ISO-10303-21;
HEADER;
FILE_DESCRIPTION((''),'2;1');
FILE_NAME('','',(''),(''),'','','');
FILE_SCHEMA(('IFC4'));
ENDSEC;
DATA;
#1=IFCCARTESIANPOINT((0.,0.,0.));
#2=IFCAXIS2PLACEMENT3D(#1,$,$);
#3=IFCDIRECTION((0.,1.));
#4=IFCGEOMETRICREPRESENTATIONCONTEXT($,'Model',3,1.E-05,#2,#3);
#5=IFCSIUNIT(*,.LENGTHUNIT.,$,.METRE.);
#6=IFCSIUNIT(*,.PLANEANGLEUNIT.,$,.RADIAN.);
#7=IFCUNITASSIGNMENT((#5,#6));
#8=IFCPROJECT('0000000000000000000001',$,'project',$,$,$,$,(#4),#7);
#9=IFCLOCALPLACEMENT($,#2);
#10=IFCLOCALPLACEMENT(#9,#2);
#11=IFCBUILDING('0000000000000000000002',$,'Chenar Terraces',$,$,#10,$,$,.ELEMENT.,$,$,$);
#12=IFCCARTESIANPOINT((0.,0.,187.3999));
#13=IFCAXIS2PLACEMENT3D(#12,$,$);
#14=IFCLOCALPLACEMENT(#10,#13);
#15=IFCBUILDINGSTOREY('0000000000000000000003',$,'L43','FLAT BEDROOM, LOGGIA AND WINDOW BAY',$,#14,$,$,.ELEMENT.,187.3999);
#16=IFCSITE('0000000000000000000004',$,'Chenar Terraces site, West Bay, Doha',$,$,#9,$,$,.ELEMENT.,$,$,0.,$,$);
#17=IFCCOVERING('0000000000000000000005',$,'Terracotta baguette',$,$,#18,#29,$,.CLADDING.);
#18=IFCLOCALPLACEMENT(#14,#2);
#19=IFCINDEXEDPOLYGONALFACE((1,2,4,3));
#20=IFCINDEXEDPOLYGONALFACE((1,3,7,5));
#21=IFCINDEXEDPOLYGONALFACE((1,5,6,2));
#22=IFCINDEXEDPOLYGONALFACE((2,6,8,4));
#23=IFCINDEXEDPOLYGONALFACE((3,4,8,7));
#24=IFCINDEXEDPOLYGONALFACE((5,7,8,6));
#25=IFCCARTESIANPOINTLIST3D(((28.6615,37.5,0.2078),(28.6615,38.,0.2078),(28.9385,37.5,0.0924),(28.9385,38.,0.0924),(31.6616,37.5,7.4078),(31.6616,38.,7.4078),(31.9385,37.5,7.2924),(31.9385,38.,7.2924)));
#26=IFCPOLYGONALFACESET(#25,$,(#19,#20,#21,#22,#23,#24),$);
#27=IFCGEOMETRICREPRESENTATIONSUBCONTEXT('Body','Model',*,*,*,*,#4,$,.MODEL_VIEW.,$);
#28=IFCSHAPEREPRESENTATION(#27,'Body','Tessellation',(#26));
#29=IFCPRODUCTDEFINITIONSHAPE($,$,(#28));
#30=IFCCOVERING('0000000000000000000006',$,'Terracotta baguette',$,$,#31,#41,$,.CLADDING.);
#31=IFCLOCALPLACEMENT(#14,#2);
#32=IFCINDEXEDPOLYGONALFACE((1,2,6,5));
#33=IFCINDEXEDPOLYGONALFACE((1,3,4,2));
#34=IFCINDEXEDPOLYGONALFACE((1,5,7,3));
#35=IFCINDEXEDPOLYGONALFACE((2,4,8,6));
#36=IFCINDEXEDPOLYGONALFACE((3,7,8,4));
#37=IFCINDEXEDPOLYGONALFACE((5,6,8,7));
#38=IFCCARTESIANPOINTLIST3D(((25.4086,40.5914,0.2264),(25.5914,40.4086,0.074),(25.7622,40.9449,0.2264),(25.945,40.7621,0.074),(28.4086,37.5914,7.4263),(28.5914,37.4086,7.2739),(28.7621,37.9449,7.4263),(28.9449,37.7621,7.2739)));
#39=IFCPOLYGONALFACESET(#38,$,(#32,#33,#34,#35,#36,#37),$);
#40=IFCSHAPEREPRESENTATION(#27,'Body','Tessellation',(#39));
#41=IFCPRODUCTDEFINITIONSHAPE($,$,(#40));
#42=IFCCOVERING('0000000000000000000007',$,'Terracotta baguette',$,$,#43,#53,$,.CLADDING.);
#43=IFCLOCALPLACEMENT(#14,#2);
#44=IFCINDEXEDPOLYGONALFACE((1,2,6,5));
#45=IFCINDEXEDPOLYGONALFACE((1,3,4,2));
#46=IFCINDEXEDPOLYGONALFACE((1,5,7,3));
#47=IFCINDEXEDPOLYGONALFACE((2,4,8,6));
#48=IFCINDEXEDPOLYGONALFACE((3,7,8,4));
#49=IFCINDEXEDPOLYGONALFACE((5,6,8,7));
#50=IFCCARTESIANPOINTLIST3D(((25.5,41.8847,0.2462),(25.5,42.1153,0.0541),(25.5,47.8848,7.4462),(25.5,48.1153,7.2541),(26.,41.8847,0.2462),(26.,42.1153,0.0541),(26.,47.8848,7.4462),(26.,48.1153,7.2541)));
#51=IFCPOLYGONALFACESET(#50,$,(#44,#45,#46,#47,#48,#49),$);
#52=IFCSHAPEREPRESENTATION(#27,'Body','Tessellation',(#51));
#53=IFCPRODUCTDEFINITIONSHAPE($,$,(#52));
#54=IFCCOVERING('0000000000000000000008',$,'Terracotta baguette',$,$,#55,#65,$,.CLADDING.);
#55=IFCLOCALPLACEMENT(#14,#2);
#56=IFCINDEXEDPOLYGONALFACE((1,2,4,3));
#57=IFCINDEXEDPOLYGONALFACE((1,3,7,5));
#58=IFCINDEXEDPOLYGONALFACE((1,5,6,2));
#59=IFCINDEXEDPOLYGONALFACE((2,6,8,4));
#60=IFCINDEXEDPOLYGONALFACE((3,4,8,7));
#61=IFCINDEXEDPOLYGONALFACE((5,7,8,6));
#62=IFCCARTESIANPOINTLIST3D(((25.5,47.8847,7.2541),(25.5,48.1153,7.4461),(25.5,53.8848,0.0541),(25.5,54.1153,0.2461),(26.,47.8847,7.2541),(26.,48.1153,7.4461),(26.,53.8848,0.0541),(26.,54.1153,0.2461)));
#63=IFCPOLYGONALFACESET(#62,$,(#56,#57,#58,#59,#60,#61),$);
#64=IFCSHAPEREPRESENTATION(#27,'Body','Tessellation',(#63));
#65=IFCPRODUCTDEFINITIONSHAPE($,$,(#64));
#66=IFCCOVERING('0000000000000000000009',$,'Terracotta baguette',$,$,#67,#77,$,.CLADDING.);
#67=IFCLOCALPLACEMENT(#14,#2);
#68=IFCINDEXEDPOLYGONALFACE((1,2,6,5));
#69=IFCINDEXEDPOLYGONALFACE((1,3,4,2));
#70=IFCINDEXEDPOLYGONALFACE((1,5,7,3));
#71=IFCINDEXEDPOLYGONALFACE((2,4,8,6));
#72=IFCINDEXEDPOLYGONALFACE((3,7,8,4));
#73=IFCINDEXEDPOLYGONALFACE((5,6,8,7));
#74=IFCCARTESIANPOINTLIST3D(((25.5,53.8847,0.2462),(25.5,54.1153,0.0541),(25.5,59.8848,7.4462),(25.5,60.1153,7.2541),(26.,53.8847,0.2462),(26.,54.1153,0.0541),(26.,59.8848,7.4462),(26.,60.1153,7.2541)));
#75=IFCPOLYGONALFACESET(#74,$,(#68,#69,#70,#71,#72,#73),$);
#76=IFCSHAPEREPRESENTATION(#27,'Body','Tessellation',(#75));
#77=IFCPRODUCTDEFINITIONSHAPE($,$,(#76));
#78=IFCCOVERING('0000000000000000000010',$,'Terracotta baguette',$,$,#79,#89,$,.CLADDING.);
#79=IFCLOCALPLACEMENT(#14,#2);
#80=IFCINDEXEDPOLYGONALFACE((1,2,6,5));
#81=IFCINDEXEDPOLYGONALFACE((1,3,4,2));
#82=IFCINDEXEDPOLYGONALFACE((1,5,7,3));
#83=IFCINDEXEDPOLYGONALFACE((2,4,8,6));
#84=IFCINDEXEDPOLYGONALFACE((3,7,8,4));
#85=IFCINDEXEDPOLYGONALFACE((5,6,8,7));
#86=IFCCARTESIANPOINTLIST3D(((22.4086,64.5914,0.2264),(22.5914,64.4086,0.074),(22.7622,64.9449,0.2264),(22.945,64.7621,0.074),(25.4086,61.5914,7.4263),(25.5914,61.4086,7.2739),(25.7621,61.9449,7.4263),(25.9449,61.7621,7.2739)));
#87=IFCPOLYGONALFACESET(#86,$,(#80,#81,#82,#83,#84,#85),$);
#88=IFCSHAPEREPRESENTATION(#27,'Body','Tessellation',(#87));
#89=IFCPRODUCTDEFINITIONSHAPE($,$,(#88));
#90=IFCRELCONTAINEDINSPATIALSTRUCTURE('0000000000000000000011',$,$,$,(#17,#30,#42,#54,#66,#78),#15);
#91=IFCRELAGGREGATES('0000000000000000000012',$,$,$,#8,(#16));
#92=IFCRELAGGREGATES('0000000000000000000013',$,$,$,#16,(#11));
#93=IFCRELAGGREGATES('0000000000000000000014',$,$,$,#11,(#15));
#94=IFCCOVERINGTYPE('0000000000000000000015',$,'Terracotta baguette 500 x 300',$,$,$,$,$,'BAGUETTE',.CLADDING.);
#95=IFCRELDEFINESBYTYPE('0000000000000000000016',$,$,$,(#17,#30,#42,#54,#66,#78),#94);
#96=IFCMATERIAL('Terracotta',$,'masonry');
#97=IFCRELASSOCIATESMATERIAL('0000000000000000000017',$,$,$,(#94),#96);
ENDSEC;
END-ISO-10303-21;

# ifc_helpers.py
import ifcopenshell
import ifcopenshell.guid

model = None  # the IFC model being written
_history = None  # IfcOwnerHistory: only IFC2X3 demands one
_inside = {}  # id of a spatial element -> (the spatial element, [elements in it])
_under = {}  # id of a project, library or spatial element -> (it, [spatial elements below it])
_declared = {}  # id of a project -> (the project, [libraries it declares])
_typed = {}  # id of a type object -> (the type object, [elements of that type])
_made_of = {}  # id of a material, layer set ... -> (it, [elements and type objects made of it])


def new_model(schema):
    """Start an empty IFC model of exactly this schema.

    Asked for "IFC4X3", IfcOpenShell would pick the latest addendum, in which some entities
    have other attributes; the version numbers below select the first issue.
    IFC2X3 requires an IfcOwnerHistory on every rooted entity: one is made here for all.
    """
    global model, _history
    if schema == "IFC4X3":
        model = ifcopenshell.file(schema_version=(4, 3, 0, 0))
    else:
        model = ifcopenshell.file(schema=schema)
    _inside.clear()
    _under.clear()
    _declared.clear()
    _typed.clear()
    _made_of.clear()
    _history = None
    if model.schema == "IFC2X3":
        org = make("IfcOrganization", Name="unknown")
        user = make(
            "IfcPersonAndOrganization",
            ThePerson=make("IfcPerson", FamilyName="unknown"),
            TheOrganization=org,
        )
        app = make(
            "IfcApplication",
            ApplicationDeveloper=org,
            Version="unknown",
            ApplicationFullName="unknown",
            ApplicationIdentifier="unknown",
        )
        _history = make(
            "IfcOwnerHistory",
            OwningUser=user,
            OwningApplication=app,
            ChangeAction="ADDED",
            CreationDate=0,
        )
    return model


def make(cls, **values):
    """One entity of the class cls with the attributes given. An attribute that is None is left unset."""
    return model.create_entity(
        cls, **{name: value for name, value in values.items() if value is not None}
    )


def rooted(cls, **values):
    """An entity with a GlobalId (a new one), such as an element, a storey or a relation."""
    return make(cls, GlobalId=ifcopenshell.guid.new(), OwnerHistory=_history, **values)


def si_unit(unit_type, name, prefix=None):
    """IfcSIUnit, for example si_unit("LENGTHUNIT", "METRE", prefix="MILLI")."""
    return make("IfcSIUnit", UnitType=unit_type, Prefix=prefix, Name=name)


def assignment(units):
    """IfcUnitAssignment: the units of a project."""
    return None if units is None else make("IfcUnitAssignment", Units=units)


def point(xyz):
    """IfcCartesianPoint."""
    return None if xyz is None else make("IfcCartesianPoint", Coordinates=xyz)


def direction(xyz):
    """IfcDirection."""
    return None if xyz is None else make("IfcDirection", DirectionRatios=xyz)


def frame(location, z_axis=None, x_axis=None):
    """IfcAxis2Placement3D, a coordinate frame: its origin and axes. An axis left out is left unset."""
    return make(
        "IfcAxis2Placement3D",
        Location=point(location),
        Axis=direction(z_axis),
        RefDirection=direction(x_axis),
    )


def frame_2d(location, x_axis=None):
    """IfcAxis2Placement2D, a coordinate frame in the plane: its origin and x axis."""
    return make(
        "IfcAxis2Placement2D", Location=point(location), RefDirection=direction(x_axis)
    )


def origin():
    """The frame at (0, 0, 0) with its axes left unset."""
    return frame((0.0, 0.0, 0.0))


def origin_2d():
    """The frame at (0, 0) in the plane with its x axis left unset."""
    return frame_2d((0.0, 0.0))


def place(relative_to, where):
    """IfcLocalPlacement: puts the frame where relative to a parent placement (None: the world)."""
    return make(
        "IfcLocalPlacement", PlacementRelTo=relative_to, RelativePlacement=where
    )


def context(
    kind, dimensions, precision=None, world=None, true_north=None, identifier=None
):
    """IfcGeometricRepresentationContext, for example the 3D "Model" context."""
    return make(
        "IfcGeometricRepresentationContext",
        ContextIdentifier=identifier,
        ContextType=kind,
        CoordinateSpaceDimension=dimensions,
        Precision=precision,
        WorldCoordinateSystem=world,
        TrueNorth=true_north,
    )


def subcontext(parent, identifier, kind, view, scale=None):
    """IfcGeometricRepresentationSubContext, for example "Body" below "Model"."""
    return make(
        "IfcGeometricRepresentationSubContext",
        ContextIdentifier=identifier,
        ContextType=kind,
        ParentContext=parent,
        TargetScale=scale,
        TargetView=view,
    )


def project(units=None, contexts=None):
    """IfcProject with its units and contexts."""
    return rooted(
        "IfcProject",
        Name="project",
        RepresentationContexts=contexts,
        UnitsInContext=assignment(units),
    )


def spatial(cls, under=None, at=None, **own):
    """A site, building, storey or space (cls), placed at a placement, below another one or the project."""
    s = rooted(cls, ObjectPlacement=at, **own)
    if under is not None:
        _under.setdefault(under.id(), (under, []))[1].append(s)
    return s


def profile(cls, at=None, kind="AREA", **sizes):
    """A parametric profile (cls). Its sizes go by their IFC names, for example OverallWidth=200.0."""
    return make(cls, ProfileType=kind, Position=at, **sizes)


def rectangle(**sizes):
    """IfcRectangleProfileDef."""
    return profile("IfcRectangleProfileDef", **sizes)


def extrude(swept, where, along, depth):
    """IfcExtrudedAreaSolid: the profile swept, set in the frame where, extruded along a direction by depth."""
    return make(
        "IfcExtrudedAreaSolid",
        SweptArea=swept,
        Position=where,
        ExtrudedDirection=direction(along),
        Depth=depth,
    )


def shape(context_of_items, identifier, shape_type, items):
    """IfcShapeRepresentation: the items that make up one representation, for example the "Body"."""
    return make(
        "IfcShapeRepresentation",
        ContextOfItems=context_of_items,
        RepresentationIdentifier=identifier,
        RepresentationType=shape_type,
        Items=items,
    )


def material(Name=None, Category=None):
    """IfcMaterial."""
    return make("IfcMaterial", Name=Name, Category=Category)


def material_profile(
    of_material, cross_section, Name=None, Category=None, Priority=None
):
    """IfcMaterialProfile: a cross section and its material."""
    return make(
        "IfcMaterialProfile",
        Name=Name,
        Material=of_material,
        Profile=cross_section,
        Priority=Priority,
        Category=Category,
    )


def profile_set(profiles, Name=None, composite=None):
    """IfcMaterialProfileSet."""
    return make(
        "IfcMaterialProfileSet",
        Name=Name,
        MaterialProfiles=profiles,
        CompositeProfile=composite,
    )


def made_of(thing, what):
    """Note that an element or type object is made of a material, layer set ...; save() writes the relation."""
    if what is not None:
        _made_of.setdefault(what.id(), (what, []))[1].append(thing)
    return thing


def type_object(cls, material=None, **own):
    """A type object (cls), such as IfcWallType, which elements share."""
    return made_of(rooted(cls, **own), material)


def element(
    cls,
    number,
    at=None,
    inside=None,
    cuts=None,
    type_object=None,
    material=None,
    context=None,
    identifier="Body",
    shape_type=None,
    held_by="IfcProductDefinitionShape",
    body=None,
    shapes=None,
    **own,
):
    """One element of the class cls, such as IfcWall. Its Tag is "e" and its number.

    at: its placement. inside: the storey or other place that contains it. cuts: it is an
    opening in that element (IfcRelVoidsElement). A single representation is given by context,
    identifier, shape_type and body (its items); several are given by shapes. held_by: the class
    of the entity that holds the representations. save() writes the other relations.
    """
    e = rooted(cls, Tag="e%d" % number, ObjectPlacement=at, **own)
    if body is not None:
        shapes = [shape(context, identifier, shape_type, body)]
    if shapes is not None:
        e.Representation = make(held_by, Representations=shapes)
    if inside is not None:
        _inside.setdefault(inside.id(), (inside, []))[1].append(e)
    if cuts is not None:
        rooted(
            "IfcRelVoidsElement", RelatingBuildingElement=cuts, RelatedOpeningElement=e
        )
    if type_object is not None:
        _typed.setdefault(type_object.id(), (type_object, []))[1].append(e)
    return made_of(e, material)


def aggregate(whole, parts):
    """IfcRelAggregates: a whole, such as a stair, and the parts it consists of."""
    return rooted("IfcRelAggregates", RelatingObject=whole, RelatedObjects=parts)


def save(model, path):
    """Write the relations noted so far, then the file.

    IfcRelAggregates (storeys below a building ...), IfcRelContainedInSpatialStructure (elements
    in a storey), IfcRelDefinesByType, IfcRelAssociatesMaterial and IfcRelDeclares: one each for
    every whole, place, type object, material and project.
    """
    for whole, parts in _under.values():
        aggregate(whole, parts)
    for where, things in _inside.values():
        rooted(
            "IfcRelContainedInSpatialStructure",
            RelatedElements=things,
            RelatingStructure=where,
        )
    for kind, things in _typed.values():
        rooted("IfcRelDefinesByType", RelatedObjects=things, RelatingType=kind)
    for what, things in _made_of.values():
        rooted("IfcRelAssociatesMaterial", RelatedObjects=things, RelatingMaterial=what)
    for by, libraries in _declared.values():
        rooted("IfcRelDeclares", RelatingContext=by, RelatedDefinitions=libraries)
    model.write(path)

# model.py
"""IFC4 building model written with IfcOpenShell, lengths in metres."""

from ifc_helpers import new_model, si_unit, direction, frame, origin, origin_2d, place, context, subcontext, project, spatial, rectangle, extrude, material, material_profile, profile_set, type_object, element, save


model = new_model("IFC4")

# Units and contexts
model_context = context("Model", 3, precision=1e-05, world=origin(), true_north=direction((0.0, 1.0)))
body_context = subcontext(model_context, "Body", "Model", "MODEL_VIEW")
ifc_project = project(units=[si_unit("LENGTHUNIT", "METRE"), si_unit("PLANEANGLEUNIT", "RADIAN")], contexts=[model_context])

# Site, building, storey
site_placement = place(None, origin())
site = spatial("IfcSite", under=ifc_project, at=site_placement, Name="Chenar Terraces site, West Bay, Doha", CompositionType="ELEMENT", RefElevation=0.0)
building_placement = place(site_placement, origin())
building = spatial("IfcBuilding", under=site, at=building_placement, Name="Chenar Terraces", CompositionType="ELEMENT")
storey_placement = place(building_placement, frame((0.0, 0.0, 187.3999)))
storey = spatial("IfcBuildingStorey", under=building, at=storey_placement, Name="L43", Description="FLAT BEDROOM, LOGGIA AND WINDOW BAY", CompositionType="ELEMENT", Elevation=187.3999)

# Coverings
ifc_material_1 = material(Name="Terracotta", Category="masonry")
ifc_material_profile_1 = material_profile(ifc_material_1, rectangle(XDim=0.5, YDim=0.3, at=origin_2d()), Name="Terracotta baguette 500 x 300")
ifc_profile_set_1 = profile_set([ifc_material_profile_1], Name="Terracotta")
covering_type = type_object("IfcCoveringType", Name="Terracotta baguette 500 x 300", ElementType="BAGUETTE", PredefinedType="CLADDING", material=ifc_profile_set_1)
covering_1_placement = place(storey_placement, frame((31.8, 37.75, 7.3501), z_axis=(-0.384618, 0.0, -0.923076), x_axis=(0.0, -1.0, 0.0)))
element("IfcCovering", 1, at=covering_1_placement, inside=storey, type_object=covering_type, Name="Terracotta baguette", PredefinedType="CLADDING", context=body_context, shape_type="SweptSolid", body=[
    extrude(rectangle(XDim=0.5, YDim=0.3, at=origin_2d()), origin(), (0.0, 0.0, 1.0), 7.8),
])
covering_2_placement = place(storey_placement, frame((28.6768, 37.6768, 7.3501), z_axis=(-0.358981, 0.358981, -0.861548), x_axis=(-0.707107, -0.707107, 0.0)))
element("IfcCovering", 2, at=covering_2_placement, inside=storey, type_object=covering_type, Name="Terracotta baguette", PredefinedType="CLADDING", context=body_context, shape_type="SweptSolid", body=[
    extrude(rectangle(XDim=0.5, YDim=0.3, at=origin_2d()), origin(), (0.0, 0.0, 1.0), 8.3569),
])
for number, where, z_axis, x_axis, name in (
    (3, (25.75, 42.0, 0.1501), (0.0, 0.640187, 0.768219), (-1.0, 0.0, 0.0), "Terracotta baguette"),
    (4, (25.75, 48.0, 7.3501), (0.0, 0.640187, -0.768219), (-1.0, 0.0, 0.0), "Terracotta baguette"),
    (5, (25.75, 54.0, 0.1501), (0.0, 0.640187, 0.768219), (-1.0, 0.0, 0.0), "Terracotta baguette"),
):
    element("IfcCovering", number, at=place(storey_placement, frame(where, z_axis=z_axis, x_axis=x_axis)), inside=storey, type_object=covering_type, Name=name, PredefinedType="CLADDING", context=body_context, shape_type="SweptSolid", body=[
        extrude(rectangle(XDim=0.5, YDim=0.3, at=origin_2d()), origin(), (0.0, 0.0, 1.0), 9.3723),
    ])
covering_3_placement = place(storey_placement, frame((25.6768, 61.6768, 7.3501), z_axis=(-0.358981, 0.358981, -0.861548), x_axis=(-0.707107, -0.707107, 0.0)))
element("IfcCovering", 6, at=covering_3_placement, inside=storey, type_object=covering_type, Name="Terracotta baguette", PredefinedType="CLADDING", context=body_context, shape_type="SweptSolid", body=[
    extrude(rectangle(XDim=0.5, YDim=0.3, at=origin_2d()), origin(), (0.0, 0.0, 1.0), 8.3569),
])

save(model, "model.ifc")
